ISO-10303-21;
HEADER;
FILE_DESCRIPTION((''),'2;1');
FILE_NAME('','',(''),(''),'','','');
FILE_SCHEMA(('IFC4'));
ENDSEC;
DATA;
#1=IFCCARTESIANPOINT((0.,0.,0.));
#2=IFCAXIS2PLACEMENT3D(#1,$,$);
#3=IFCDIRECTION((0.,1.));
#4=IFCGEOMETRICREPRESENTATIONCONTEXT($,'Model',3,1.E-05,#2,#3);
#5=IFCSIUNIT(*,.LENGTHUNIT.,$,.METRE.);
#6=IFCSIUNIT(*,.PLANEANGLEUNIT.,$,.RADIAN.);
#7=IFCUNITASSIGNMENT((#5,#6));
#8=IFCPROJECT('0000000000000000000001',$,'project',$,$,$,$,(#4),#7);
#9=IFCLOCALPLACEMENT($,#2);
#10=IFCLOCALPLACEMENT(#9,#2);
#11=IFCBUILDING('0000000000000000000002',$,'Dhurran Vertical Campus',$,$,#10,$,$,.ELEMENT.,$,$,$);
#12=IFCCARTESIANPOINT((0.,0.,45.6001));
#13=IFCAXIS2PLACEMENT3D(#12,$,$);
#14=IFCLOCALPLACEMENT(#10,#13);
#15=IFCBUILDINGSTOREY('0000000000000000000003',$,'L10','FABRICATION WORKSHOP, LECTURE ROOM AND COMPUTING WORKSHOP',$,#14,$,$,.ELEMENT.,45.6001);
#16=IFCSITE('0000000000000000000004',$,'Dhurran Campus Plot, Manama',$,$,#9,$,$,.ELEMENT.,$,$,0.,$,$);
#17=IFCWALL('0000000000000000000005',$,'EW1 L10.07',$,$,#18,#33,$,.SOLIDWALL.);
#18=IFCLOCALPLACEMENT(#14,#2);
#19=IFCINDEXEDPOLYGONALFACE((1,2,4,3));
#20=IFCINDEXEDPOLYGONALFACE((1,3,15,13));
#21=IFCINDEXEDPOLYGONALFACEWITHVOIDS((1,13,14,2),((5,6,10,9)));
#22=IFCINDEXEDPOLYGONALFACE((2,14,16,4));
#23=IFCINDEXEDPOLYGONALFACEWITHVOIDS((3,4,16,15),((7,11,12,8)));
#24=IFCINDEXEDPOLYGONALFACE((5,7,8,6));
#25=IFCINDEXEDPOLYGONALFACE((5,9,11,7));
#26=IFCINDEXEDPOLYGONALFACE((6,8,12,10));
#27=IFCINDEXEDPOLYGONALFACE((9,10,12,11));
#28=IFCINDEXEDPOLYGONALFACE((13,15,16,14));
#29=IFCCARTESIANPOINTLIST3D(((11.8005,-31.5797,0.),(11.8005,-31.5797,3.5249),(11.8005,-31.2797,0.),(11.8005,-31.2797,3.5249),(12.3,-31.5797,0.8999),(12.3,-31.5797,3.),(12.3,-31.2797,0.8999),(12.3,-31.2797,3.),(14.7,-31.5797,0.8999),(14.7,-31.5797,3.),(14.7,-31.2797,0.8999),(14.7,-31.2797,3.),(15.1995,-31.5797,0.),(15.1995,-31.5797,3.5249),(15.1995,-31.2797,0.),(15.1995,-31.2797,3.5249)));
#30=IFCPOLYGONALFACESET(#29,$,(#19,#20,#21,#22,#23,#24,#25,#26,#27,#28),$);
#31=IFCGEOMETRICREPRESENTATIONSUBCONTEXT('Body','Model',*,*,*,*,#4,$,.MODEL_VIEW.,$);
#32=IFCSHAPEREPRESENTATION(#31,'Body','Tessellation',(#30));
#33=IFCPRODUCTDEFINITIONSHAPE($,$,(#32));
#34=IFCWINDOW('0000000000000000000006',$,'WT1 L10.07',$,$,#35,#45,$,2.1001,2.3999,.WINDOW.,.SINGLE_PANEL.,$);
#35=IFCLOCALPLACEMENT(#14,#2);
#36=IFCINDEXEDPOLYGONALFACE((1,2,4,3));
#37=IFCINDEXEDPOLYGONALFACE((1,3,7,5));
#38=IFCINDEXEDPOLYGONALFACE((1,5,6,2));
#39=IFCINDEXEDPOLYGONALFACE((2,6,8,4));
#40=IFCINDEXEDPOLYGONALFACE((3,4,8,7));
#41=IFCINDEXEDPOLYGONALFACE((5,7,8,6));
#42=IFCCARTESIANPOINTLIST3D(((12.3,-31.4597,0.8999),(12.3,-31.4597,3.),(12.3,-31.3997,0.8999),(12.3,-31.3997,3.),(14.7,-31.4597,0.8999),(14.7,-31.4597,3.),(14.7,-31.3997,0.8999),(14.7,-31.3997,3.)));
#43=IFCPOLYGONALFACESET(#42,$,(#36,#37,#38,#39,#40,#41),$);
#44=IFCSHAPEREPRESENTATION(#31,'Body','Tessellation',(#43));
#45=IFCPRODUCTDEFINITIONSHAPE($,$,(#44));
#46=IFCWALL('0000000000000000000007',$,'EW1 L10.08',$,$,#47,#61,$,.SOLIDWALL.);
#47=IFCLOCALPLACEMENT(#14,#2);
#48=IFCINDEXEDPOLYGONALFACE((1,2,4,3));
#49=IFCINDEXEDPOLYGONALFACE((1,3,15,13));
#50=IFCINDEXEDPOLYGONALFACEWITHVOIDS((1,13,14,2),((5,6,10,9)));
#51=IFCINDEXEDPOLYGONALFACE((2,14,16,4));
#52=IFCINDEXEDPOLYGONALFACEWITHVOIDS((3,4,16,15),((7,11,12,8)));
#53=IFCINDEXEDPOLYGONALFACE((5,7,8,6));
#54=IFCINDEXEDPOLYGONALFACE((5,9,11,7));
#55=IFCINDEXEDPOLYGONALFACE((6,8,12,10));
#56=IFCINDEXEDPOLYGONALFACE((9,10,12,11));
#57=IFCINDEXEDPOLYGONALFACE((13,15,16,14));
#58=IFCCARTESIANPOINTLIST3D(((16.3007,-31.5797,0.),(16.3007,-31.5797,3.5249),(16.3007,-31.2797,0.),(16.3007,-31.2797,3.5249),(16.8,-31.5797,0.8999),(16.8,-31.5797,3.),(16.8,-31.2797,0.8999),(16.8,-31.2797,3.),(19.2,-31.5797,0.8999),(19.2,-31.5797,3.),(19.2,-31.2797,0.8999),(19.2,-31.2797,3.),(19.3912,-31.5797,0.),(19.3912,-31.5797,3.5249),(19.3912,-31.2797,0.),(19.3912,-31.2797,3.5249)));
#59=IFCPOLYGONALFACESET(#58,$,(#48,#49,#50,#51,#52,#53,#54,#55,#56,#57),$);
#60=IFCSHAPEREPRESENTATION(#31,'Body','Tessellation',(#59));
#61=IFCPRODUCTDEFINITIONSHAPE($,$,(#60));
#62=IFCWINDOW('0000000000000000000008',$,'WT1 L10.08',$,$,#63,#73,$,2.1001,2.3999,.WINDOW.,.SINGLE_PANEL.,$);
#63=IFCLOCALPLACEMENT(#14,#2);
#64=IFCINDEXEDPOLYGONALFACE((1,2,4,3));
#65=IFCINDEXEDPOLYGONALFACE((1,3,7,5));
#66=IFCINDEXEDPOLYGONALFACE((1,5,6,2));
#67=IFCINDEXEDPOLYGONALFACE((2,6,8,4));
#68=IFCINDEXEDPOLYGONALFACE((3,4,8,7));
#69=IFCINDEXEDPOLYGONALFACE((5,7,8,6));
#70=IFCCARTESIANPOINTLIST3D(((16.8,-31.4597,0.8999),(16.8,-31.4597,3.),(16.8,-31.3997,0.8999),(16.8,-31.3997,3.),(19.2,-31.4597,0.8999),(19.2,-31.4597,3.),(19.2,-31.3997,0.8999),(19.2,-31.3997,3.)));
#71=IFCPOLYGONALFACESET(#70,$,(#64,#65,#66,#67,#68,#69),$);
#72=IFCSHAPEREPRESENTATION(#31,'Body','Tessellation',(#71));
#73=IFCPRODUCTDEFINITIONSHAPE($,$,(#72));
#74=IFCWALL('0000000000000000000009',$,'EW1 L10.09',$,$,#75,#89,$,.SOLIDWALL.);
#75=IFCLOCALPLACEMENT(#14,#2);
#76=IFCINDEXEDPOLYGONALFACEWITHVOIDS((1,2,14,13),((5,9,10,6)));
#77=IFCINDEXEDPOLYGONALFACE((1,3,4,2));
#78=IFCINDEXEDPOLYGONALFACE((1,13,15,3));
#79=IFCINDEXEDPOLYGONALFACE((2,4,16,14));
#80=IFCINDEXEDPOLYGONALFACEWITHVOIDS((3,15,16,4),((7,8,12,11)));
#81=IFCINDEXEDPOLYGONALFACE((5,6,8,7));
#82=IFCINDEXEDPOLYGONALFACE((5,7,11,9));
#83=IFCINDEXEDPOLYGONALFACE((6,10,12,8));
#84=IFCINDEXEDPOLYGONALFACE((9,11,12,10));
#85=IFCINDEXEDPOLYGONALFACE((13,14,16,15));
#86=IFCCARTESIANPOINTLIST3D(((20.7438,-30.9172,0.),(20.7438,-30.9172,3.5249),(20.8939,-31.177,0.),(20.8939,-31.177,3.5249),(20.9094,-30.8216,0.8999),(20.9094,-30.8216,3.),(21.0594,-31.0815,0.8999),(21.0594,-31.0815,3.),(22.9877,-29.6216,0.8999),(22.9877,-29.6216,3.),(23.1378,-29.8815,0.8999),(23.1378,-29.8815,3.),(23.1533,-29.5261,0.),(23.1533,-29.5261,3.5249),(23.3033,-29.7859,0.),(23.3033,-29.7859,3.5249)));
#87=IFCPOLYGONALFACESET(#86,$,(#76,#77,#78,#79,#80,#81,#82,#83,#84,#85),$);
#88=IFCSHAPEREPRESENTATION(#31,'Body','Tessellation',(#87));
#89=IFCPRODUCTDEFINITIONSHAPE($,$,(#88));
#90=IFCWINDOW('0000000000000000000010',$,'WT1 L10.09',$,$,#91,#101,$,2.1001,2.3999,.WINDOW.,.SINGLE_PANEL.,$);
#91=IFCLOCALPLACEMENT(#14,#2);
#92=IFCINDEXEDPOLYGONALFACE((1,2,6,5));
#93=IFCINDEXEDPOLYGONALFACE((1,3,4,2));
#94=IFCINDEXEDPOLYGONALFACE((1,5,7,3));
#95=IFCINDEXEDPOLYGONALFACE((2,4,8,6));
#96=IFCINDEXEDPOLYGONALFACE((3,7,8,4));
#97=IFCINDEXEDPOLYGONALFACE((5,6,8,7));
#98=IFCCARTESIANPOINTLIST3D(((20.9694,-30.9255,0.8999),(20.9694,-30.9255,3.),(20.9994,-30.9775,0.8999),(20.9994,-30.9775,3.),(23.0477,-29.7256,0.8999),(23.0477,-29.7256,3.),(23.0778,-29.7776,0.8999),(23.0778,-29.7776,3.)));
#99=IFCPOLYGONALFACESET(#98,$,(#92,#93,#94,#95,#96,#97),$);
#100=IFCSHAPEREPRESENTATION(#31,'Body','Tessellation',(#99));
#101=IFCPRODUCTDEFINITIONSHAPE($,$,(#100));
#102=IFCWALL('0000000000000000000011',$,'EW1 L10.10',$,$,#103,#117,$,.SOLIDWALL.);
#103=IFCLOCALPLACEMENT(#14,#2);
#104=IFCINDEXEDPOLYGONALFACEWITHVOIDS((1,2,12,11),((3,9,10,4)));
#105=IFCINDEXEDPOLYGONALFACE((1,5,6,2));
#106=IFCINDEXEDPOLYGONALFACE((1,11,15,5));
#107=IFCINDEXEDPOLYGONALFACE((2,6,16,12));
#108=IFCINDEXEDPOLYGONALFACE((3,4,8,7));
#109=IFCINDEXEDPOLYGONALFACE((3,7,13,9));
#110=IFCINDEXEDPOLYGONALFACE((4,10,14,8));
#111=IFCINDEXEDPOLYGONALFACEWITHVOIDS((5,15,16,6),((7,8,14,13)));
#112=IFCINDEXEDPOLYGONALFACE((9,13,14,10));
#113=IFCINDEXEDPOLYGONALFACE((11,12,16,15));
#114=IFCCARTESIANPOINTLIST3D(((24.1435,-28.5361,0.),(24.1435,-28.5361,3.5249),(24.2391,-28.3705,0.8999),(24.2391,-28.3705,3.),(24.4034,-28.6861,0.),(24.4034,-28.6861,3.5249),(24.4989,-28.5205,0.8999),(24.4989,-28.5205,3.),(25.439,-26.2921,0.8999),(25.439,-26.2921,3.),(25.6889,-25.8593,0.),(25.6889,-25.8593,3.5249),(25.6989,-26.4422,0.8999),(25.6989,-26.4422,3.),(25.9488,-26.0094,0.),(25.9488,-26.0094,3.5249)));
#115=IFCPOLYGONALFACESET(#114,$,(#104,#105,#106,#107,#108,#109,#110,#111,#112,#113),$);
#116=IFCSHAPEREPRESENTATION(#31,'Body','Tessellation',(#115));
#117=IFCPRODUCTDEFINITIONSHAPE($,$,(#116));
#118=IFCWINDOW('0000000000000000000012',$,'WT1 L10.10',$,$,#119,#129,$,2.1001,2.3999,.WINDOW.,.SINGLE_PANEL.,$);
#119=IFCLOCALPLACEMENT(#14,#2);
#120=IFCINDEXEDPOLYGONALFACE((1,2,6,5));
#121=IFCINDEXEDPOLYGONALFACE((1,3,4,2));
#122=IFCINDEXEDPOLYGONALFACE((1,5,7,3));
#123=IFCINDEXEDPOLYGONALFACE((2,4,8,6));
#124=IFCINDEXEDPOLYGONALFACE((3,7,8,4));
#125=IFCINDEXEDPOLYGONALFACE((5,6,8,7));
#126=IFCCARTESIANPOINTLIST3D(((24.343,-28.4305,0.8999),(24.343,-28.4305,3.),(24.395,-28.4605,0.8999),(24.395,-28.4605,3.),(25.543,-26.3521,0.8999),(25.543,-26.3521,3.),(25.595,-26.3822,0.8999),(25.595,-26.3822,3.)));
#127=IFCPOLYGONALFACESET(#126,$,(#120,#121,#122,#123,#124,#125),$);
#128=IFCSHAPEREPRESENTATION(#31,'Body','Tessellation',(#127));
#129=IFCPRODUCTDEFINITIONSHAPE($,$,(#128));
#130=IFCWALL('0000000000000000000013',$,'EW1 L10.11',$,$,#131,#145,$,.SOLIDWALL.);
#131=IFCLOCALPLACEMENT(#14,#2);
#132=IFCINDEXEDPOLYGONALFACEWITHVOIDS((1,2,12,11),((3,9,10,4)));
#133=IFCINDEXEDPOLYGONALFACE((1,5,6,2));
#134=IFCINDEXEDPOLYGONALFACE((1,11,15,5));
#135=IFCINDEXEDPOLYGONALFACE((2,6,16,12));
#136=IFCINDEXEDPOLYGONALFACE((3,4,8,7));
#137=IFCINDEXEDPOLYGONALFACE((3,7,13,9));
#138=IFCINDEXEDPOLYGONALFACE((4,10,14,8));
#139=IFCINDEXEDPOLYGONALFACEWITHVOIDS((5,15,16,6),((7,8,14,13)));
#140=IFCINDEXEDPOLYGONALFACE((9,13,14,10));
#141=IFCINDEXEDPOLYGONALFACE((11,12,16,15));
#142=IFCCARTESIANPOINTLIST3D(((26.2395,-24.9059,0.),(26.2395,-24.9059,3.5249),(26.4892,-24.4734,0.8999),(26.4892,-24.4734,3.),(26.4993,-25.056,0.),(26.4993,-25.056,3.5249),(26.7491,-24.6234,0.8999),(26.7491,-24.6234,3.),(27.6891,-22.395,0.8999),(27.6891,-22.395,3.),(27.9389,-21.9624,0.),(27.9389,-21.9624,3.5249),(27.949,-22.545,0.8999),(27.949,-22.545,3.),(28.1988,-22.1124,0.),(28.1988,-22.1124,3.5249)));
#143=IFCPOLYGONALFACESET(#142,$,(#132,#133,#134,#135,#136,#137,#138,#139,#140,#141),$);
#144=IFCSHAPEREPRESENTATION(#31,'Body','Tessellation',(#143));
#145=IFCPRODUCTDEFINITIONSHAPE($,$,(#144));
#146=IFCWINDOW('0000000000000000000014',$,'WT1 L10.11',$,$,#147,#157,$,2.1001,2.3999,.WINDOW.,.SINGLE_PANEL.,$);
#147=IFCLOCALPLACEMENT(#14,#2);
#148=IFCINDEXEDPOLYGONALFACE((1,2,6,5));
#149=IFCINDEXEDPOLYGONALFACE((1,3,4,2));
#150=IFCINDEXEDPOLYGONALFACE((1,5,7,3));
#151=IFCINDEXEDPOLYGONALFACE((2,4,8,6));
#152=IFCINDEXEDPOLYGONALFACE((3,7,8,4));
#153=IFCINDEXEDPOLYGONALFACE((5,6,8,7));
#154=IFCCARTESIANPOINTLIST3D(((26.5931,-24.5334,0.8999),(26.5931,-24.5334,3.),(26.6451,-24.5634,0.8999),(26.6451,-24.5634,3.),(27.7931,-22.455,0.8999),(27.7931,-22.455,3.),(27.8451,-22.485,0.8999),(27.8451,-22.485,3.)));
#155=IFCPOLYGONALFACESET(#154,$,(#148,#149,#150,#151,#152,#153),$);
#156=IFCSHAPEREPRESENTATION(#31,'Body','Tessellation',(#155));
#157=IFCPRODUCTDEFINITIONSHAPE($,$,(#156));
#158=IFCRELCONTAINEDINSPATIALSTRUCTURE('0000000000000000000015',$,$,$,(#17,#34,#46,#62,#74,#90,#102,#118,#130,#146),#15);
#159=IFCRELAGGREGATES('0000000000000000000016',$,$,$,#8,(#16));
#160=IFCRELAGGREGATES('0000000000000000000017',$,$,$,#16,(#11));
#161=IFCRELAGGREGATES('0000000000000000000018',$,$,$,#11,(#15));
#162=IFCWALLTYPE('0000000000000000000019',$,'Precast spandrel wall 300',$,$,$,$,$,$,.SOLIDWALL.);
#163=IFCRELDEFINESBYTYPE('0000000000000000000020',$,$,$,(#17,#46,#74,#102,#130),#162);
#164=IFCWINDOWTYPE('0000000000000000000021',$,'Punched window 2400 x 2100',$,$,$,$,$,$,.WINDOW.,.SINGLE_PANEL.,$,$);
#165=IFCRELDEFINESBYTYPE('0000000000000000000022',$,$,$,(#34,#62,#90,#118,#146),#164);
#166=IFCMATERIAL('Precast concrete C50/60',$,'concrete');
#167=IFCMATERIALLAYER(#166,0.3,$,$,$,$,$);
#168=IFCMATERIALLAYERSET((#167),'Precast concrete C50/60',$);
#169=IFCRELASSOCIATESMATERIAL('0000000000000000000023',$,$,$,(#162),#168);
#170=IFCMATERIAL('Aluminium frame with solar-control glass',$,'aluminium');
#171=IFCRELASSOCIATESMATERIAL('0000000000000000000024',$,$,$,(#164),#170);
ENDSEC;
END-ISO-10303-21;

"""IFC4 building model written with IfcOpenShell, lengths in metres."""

from ifc_helpers import new_model, si_unit, direction, frame, frame_2d, origin, place, context, subcontext, project, spatial, rectangle, extrude, material, layer, layer_set, type_object, element, fill, save


model = new_model("IFC4")

# Units and contexts
model_context = context("Model", 3, precision=1e-05, world=origin(), true_north=direction((0.0, 1.0)))
body_context = subcontext(model_context, "Body", "Model", "MODEL_VIEW")
ifc_project = project(units=[si_unit("LENGTHUNIT", "METRE"), si_unit("PLANEANGLEUNIT", "RADIAN")], contexts=[model_context])

# Site, building, storey
site_placement = place(None, origin())
site = spatial("IfcSite", under=ifc_project, at=site_placement, Name="Dhurran Campus Plot, Manama", CompositionType="ELEMENT", RefElevation=0.0)
building_placement = place(site_placement, origin())
building = spatial("IfcBuilding", under=site, at=building_placement, Name="Dhurran Vertical Campus", CompositionType="ELEMENT")
storey_placement = place(building_placement, frame((0.0, 0.0, 45.6001)))
storey = spatial("IfcBuildingStorey", under=building, at=storey_placement, Name="L10", Description="FABRICATION WORKSHOP, LECTURE ROOM AND COMPUTING WORKSHOP", CompositionType="ELEMENT", Elevation=45.6001)

# Walls, openings, windows
ifc_material_1 = material(Name="Precast concrete C50/60", Category="concrete")
ifc_layer_1 = layer(ifc_material_1, 0.3)
ifc_layer_set_1 = layer_set([ifc_layer_1], Name="Precast concrete C50/60")
wall_type_1 = type_object("IfcWallType", Name="Precast spandrel wall 300", PredefinedType="SOLIDWALL", material=ifc_layer_set_1)
wall_1_placement = place(storey_placement, frame((11.8005, -31.4297, 0.0), z_axis=(0.0, 0.0, 1.0), x_axis=(1.0, 0.0, 0.0)))
wall_1 = element("IfcWall", 1, at=wall_1_placement, inside=storey, type_object=wall_type_1, Name="EW1 L10.07", PredefinedType="SOLIDWALL", context=body_context, shape_type="SweptSolid", body=[
    extrude(rectangle(XDim=3.3989, YDim=0.3, at=frame_2d((1.6995, 0.0))), origin(), (0.0, 0.0, 1.0), 3.5249),
])
opening_1_placement = place(wall_1_placement, frame((0.4995, 0.0, 0.8999)))
opening_1 = element("IfcOpeningElement", 2, at=opening_1_placement, cuts=wall_1, PredefinedType="OPENING", context=body_context, shape_type="SweptSolid", body=[
    extrude(rectangle(XDim=2.3999, YDim=2.1001, at=frame_2d((1.2, 1.05))), frame((0.0, 0.1599, 0.0), z_axis=(0.0, -1.0, 0.0), x_axis=(1.0, 0.0, 0.0)), (0.0, 0.0, 1.0), 0.3201),
])
ifc_material_2 = material(Name="Aluminium frame with solar-control glass", Category="aluminium")
window_type = type_object("IfcWindowType", Name="Punched window 2400 x 2100", PartitioningType="SINGLE_PANEL", PredefinedType="WINDOW", material=ifc_material_2)
window_1_placement = place(opening_1_placement, origin())
window_1 = element("IfcWindow", 3, at=window_1_placement, inside=storey, type_object=window_type, Name="WT1 L10.07", OverallHeight=2.1001, OverallWidth=2.3999, PartitioningType="SINGLE_PANEL", PredefinedType="WINDOW", context=body_context, shape_type="SweptSolid", body=[
    extrude(rectangle(XDim=2.3999, YDim=2.1001, at=frame_2d((1.2, 1.05))), frame((0.0, 0.03, 0.0), z_axis=(0.0, -1.0, 0.0), x_axis=(1.0, 0.0, 0.0)), (0.0, 0.0, 1.0), 0.0601),
])
fill(opening_1, window_1)
wall_2_placement = place(storey_placement, frame((16.3005, -31.4297, 0.0), z_axis=(0.0, 0.0, 1.0), x_axis=(1.0, 0.0, 0.0)))
wall_2 = element("IfcWall", 4, at=wall_2_placement, inside=storey, type_object=wall_type_1, Name="EW1 L10.08", PredefinedType="SOLIDWALL", context=body_context, shape_type="SweptSolid", body=[
    extrude(rectangle(XDim=3.0906, YDim=0.3, at=frame_2d((1.5454, 0.0))), origin(), (0.0, 0.0, 1.0), 3.5249),
])
opening_2_placement = place(wall_2_placement, frame((0.4995, 0.0, 0.8999)))
opening_2 = element("IfcOpeningElement", 5, at=opening_2_placement, cuts=wall_2, PredefinedType="OPENING", context=body_context, shape_type="SweptSolid", body=[
    extrude(rectangle(XDim=2.3999, YDim=2.1001, at=frame_2d((1.2, 1.05))), frame((0.0, 0.1599, 0.0), z_axis=(0.0, -1.0, 0.0), x_axis=(1.0, 0.0, 0.0)), (0.0, 0.0, 1.0), 0.3201),
])
window_2_placement = place(opening_2_placement, origin())
window_2 = element("IfcWindow", 6, at=window_2_placement, inside=storey, type_object=window_type, Name="WT1 L10.08", OverallHeight=2.1001, OverallWidth=2.3999, PartitioningType="SINGLE_PANEL", PredefinedType="WINDOW", context=body_context, shape_type="SweptSolid", body=[
    extrude(rectangle(XDim=2.3999, YDim=2.1001, at=frame_2d((1.2, 1.05))), frame((0.0, 0.03, 0.0), z_axis=(0.0, -1.0, 0.0), x_axis=(1.0, 0.0, 0.0)), (0.0, 0.0, 1.0), 0.0601),
])
fill(opening_2, window_2)
wall_3_placement = place(storey_placement, frame((20.8188, -31.0471, 0.0), z_axis=(0.0, 0.0, 1.0), x_axis=(0.86602, 0.500009, 0.0)))
wall_3 = element("IfcWall", 7, at=wall_3_placement, inside=storey, type_object=wall_type_1, Name="EW1 L10.09", PredefinedType="SOLIDWALL", context=body_context, shape_type="SweptSolid", body=[
    extrude(rectangle(XDim=2.7822, YDim=0.3, at=frame_2d((1.3911, 0.0))), origin(), (0.0, 0.0, 1.0), 3.5249),
])
opening_3_placement = place(wall_3_placement, frame((0.1912, 0.0, 0.8999)))
opening_3 = element("IfcOpeningElement", 8, at=opening_3_placement, cuts=wall_3, PredefinedType="OPENING", context=body_context, shape_type="SweptSolid", body=[
    extrude(rectangle(XDim=2.3999, YDim=2.1001, at=frame_2d((1.2, 1.05))), frame((0.0, 0.1599, 0.0), z_axis=(0.0, -1.0, 0.0), x_axis=(1.0, 0.0, 0.0)), (0.0, 0.0, 1.0), 0.3201),
])
window_3_placement = place(opening_3_placement, origin())
window_3 = element("IfcWindow", 9, at=window_3_placement, inside=storey, type_object=window_type, Name="WT1 L10.09", OverallHeight=2.1001, OverallWidth=2.3999, PartitioningType="SINGLE_PANEL", PredefinedType="WINDOW", context=body_context, shape_type="SweptSolid", body=[
    extrude(rectangle(XDim=2.3999, YDim=2.1001, at=frame_2d((1.2, 1.05))), frame((0.0, 0.03, 0.0), z_axis=(0.0, -1.0, 0.0), x_axis=(1.0, 0.0, 0.0)), (0.0, 0.0, 1.0), 0.0601),
])
fill(opening_3, window_3)
wall_4_placement = place(storey_placement, frame((24.2734, -28.6111, 0.0), z_axis=(0.0, 0.0, 1.0), x_axis=(0.499996, 0.866028, 0.0)))
wall_4 = element("IfcWall", 10, at=wall_4_placement, inside=storey, type_object=wall_type_1, Name="EW1 L10.10", PredefinedType="SOLIDWALL", context=body_context, shape_type="SweptSolid", body=[
    extrude(rectangle(XDim=3.0908, YDim=0.3, at=frame_2d((1.5454, 0.0))), origin(), (0.0, 0.0, 1.0), 3.5249),
])
opening_4_placement = place(wall_4_placement, frame((0.1912, 0.0, 0.8999)))
opening_4 = element("IfcOpeningElement", 11, at=opening_4_placement, cuts=wall_4, PredefinedType="OPENING", context=body_context, shape_type="SweptSolid", body=[
    extrude(rectangle(XDim=2.3999, YDim=2.1001, at=frame_2d((1.2, 1.05))), frame((0.0, 0.1599, 0.0), z_axis=(0.0, -1.0, 0.0), x_axis=(1.0, 0.0, 0.0)), (0.0, 0.0, 1.0), 0.3201),
])
window_4_placement = place(opening_4_placement, origin())
window_4 = element("IfcWindow", 12, at=window_4_placement, inside=storey, type_object=window_type, Name="WT1 L10.10", OverallHeight=2.1001, OverallWidth=2.3999, PartitioningType="SINGLE_PANEL", PredefinedType="WINDOW", context=body_context, shape_type="SweptSolid", body=[
    extrude(rectangle(XDim=2.3999, YDim=2.1001, at=frame_2d((1.2, 1.05))), frame((0.0, 0.03, 0.0), z_axis=(0.0, -1.0, 0.0), x_axis=(1.0, 0.0, 0.0)), (0.0, 0.0, 1.0), 0.0601),
])
fill(opening_4, window_4)
wall_5_placement = place(storey_placement, frame((26.3694, -24.981, 0.0), z_axis=(0.0, 0.0, 1.0), x_axis=(0.499994, 0.866029, 0.0)))
wall_5 = element("IfcWall", 13, at=wall_5_placement, inside=storey, type_object=wall_type_1, Name="EW1 L10.11", PredefinedType="SOLIDWALL", context=body_context, shape_type="SweptSolid", body=[
    extrude(rectangle(XDim=3.3989, YDim=0.3, at=frame_2d((1.6995, 0.0))), origin(), (0.0, 0.0, 1.0), 3.5249),
])
opening_5_placement = place(wall_5_placement, frame((0.4995, 0.0, 0.8999)))
opening_5 = element("IfcOpeningElement", 14, at=opening_5_placement, cuts=wall_5, PredefinedType="OPENING", context=body_context, shape_type="SweptSolid", body=[
    extrude(rectangle(XDim=2.3999, YDim=2.1001, at=frame_2d((1.2, 1.05))), frame((0.0, 0.1599, 0.0), z_axis=(0.0, -1.0, 0.0), x_axis=(1.0, 0.0, 0.0)), (0.0, 0.0, 1.0), 0.3201),
])
window_5_placement = place(opening_5_placement, origin())
window_5 = element("IfcWindow", 15, at=window_5_placement, inside=storey, type_object=window_type, Name="WT1 L10.11", OverallHeight=2.1001, OverallWidth=2.3999, PartitioningType="SINGLE_PANEL", PredefinedType="WINDOW", context=body_context, shape_type="SweptSolid", body=[
    extrude(rectangle(XDim=2.3999, YDim=2.1001, at=frame_2d((1.2, 1.05))), frame((0.0, 0.03, 0.0), z_axis=(0.0, -1.0, 0.0), x_axis=(1.0, 0.0, 0.0)), (0.0, 0.0, 1.0), 0.0601),
])
fill(opening_5, window_5)

save(model, "model.ifc")
